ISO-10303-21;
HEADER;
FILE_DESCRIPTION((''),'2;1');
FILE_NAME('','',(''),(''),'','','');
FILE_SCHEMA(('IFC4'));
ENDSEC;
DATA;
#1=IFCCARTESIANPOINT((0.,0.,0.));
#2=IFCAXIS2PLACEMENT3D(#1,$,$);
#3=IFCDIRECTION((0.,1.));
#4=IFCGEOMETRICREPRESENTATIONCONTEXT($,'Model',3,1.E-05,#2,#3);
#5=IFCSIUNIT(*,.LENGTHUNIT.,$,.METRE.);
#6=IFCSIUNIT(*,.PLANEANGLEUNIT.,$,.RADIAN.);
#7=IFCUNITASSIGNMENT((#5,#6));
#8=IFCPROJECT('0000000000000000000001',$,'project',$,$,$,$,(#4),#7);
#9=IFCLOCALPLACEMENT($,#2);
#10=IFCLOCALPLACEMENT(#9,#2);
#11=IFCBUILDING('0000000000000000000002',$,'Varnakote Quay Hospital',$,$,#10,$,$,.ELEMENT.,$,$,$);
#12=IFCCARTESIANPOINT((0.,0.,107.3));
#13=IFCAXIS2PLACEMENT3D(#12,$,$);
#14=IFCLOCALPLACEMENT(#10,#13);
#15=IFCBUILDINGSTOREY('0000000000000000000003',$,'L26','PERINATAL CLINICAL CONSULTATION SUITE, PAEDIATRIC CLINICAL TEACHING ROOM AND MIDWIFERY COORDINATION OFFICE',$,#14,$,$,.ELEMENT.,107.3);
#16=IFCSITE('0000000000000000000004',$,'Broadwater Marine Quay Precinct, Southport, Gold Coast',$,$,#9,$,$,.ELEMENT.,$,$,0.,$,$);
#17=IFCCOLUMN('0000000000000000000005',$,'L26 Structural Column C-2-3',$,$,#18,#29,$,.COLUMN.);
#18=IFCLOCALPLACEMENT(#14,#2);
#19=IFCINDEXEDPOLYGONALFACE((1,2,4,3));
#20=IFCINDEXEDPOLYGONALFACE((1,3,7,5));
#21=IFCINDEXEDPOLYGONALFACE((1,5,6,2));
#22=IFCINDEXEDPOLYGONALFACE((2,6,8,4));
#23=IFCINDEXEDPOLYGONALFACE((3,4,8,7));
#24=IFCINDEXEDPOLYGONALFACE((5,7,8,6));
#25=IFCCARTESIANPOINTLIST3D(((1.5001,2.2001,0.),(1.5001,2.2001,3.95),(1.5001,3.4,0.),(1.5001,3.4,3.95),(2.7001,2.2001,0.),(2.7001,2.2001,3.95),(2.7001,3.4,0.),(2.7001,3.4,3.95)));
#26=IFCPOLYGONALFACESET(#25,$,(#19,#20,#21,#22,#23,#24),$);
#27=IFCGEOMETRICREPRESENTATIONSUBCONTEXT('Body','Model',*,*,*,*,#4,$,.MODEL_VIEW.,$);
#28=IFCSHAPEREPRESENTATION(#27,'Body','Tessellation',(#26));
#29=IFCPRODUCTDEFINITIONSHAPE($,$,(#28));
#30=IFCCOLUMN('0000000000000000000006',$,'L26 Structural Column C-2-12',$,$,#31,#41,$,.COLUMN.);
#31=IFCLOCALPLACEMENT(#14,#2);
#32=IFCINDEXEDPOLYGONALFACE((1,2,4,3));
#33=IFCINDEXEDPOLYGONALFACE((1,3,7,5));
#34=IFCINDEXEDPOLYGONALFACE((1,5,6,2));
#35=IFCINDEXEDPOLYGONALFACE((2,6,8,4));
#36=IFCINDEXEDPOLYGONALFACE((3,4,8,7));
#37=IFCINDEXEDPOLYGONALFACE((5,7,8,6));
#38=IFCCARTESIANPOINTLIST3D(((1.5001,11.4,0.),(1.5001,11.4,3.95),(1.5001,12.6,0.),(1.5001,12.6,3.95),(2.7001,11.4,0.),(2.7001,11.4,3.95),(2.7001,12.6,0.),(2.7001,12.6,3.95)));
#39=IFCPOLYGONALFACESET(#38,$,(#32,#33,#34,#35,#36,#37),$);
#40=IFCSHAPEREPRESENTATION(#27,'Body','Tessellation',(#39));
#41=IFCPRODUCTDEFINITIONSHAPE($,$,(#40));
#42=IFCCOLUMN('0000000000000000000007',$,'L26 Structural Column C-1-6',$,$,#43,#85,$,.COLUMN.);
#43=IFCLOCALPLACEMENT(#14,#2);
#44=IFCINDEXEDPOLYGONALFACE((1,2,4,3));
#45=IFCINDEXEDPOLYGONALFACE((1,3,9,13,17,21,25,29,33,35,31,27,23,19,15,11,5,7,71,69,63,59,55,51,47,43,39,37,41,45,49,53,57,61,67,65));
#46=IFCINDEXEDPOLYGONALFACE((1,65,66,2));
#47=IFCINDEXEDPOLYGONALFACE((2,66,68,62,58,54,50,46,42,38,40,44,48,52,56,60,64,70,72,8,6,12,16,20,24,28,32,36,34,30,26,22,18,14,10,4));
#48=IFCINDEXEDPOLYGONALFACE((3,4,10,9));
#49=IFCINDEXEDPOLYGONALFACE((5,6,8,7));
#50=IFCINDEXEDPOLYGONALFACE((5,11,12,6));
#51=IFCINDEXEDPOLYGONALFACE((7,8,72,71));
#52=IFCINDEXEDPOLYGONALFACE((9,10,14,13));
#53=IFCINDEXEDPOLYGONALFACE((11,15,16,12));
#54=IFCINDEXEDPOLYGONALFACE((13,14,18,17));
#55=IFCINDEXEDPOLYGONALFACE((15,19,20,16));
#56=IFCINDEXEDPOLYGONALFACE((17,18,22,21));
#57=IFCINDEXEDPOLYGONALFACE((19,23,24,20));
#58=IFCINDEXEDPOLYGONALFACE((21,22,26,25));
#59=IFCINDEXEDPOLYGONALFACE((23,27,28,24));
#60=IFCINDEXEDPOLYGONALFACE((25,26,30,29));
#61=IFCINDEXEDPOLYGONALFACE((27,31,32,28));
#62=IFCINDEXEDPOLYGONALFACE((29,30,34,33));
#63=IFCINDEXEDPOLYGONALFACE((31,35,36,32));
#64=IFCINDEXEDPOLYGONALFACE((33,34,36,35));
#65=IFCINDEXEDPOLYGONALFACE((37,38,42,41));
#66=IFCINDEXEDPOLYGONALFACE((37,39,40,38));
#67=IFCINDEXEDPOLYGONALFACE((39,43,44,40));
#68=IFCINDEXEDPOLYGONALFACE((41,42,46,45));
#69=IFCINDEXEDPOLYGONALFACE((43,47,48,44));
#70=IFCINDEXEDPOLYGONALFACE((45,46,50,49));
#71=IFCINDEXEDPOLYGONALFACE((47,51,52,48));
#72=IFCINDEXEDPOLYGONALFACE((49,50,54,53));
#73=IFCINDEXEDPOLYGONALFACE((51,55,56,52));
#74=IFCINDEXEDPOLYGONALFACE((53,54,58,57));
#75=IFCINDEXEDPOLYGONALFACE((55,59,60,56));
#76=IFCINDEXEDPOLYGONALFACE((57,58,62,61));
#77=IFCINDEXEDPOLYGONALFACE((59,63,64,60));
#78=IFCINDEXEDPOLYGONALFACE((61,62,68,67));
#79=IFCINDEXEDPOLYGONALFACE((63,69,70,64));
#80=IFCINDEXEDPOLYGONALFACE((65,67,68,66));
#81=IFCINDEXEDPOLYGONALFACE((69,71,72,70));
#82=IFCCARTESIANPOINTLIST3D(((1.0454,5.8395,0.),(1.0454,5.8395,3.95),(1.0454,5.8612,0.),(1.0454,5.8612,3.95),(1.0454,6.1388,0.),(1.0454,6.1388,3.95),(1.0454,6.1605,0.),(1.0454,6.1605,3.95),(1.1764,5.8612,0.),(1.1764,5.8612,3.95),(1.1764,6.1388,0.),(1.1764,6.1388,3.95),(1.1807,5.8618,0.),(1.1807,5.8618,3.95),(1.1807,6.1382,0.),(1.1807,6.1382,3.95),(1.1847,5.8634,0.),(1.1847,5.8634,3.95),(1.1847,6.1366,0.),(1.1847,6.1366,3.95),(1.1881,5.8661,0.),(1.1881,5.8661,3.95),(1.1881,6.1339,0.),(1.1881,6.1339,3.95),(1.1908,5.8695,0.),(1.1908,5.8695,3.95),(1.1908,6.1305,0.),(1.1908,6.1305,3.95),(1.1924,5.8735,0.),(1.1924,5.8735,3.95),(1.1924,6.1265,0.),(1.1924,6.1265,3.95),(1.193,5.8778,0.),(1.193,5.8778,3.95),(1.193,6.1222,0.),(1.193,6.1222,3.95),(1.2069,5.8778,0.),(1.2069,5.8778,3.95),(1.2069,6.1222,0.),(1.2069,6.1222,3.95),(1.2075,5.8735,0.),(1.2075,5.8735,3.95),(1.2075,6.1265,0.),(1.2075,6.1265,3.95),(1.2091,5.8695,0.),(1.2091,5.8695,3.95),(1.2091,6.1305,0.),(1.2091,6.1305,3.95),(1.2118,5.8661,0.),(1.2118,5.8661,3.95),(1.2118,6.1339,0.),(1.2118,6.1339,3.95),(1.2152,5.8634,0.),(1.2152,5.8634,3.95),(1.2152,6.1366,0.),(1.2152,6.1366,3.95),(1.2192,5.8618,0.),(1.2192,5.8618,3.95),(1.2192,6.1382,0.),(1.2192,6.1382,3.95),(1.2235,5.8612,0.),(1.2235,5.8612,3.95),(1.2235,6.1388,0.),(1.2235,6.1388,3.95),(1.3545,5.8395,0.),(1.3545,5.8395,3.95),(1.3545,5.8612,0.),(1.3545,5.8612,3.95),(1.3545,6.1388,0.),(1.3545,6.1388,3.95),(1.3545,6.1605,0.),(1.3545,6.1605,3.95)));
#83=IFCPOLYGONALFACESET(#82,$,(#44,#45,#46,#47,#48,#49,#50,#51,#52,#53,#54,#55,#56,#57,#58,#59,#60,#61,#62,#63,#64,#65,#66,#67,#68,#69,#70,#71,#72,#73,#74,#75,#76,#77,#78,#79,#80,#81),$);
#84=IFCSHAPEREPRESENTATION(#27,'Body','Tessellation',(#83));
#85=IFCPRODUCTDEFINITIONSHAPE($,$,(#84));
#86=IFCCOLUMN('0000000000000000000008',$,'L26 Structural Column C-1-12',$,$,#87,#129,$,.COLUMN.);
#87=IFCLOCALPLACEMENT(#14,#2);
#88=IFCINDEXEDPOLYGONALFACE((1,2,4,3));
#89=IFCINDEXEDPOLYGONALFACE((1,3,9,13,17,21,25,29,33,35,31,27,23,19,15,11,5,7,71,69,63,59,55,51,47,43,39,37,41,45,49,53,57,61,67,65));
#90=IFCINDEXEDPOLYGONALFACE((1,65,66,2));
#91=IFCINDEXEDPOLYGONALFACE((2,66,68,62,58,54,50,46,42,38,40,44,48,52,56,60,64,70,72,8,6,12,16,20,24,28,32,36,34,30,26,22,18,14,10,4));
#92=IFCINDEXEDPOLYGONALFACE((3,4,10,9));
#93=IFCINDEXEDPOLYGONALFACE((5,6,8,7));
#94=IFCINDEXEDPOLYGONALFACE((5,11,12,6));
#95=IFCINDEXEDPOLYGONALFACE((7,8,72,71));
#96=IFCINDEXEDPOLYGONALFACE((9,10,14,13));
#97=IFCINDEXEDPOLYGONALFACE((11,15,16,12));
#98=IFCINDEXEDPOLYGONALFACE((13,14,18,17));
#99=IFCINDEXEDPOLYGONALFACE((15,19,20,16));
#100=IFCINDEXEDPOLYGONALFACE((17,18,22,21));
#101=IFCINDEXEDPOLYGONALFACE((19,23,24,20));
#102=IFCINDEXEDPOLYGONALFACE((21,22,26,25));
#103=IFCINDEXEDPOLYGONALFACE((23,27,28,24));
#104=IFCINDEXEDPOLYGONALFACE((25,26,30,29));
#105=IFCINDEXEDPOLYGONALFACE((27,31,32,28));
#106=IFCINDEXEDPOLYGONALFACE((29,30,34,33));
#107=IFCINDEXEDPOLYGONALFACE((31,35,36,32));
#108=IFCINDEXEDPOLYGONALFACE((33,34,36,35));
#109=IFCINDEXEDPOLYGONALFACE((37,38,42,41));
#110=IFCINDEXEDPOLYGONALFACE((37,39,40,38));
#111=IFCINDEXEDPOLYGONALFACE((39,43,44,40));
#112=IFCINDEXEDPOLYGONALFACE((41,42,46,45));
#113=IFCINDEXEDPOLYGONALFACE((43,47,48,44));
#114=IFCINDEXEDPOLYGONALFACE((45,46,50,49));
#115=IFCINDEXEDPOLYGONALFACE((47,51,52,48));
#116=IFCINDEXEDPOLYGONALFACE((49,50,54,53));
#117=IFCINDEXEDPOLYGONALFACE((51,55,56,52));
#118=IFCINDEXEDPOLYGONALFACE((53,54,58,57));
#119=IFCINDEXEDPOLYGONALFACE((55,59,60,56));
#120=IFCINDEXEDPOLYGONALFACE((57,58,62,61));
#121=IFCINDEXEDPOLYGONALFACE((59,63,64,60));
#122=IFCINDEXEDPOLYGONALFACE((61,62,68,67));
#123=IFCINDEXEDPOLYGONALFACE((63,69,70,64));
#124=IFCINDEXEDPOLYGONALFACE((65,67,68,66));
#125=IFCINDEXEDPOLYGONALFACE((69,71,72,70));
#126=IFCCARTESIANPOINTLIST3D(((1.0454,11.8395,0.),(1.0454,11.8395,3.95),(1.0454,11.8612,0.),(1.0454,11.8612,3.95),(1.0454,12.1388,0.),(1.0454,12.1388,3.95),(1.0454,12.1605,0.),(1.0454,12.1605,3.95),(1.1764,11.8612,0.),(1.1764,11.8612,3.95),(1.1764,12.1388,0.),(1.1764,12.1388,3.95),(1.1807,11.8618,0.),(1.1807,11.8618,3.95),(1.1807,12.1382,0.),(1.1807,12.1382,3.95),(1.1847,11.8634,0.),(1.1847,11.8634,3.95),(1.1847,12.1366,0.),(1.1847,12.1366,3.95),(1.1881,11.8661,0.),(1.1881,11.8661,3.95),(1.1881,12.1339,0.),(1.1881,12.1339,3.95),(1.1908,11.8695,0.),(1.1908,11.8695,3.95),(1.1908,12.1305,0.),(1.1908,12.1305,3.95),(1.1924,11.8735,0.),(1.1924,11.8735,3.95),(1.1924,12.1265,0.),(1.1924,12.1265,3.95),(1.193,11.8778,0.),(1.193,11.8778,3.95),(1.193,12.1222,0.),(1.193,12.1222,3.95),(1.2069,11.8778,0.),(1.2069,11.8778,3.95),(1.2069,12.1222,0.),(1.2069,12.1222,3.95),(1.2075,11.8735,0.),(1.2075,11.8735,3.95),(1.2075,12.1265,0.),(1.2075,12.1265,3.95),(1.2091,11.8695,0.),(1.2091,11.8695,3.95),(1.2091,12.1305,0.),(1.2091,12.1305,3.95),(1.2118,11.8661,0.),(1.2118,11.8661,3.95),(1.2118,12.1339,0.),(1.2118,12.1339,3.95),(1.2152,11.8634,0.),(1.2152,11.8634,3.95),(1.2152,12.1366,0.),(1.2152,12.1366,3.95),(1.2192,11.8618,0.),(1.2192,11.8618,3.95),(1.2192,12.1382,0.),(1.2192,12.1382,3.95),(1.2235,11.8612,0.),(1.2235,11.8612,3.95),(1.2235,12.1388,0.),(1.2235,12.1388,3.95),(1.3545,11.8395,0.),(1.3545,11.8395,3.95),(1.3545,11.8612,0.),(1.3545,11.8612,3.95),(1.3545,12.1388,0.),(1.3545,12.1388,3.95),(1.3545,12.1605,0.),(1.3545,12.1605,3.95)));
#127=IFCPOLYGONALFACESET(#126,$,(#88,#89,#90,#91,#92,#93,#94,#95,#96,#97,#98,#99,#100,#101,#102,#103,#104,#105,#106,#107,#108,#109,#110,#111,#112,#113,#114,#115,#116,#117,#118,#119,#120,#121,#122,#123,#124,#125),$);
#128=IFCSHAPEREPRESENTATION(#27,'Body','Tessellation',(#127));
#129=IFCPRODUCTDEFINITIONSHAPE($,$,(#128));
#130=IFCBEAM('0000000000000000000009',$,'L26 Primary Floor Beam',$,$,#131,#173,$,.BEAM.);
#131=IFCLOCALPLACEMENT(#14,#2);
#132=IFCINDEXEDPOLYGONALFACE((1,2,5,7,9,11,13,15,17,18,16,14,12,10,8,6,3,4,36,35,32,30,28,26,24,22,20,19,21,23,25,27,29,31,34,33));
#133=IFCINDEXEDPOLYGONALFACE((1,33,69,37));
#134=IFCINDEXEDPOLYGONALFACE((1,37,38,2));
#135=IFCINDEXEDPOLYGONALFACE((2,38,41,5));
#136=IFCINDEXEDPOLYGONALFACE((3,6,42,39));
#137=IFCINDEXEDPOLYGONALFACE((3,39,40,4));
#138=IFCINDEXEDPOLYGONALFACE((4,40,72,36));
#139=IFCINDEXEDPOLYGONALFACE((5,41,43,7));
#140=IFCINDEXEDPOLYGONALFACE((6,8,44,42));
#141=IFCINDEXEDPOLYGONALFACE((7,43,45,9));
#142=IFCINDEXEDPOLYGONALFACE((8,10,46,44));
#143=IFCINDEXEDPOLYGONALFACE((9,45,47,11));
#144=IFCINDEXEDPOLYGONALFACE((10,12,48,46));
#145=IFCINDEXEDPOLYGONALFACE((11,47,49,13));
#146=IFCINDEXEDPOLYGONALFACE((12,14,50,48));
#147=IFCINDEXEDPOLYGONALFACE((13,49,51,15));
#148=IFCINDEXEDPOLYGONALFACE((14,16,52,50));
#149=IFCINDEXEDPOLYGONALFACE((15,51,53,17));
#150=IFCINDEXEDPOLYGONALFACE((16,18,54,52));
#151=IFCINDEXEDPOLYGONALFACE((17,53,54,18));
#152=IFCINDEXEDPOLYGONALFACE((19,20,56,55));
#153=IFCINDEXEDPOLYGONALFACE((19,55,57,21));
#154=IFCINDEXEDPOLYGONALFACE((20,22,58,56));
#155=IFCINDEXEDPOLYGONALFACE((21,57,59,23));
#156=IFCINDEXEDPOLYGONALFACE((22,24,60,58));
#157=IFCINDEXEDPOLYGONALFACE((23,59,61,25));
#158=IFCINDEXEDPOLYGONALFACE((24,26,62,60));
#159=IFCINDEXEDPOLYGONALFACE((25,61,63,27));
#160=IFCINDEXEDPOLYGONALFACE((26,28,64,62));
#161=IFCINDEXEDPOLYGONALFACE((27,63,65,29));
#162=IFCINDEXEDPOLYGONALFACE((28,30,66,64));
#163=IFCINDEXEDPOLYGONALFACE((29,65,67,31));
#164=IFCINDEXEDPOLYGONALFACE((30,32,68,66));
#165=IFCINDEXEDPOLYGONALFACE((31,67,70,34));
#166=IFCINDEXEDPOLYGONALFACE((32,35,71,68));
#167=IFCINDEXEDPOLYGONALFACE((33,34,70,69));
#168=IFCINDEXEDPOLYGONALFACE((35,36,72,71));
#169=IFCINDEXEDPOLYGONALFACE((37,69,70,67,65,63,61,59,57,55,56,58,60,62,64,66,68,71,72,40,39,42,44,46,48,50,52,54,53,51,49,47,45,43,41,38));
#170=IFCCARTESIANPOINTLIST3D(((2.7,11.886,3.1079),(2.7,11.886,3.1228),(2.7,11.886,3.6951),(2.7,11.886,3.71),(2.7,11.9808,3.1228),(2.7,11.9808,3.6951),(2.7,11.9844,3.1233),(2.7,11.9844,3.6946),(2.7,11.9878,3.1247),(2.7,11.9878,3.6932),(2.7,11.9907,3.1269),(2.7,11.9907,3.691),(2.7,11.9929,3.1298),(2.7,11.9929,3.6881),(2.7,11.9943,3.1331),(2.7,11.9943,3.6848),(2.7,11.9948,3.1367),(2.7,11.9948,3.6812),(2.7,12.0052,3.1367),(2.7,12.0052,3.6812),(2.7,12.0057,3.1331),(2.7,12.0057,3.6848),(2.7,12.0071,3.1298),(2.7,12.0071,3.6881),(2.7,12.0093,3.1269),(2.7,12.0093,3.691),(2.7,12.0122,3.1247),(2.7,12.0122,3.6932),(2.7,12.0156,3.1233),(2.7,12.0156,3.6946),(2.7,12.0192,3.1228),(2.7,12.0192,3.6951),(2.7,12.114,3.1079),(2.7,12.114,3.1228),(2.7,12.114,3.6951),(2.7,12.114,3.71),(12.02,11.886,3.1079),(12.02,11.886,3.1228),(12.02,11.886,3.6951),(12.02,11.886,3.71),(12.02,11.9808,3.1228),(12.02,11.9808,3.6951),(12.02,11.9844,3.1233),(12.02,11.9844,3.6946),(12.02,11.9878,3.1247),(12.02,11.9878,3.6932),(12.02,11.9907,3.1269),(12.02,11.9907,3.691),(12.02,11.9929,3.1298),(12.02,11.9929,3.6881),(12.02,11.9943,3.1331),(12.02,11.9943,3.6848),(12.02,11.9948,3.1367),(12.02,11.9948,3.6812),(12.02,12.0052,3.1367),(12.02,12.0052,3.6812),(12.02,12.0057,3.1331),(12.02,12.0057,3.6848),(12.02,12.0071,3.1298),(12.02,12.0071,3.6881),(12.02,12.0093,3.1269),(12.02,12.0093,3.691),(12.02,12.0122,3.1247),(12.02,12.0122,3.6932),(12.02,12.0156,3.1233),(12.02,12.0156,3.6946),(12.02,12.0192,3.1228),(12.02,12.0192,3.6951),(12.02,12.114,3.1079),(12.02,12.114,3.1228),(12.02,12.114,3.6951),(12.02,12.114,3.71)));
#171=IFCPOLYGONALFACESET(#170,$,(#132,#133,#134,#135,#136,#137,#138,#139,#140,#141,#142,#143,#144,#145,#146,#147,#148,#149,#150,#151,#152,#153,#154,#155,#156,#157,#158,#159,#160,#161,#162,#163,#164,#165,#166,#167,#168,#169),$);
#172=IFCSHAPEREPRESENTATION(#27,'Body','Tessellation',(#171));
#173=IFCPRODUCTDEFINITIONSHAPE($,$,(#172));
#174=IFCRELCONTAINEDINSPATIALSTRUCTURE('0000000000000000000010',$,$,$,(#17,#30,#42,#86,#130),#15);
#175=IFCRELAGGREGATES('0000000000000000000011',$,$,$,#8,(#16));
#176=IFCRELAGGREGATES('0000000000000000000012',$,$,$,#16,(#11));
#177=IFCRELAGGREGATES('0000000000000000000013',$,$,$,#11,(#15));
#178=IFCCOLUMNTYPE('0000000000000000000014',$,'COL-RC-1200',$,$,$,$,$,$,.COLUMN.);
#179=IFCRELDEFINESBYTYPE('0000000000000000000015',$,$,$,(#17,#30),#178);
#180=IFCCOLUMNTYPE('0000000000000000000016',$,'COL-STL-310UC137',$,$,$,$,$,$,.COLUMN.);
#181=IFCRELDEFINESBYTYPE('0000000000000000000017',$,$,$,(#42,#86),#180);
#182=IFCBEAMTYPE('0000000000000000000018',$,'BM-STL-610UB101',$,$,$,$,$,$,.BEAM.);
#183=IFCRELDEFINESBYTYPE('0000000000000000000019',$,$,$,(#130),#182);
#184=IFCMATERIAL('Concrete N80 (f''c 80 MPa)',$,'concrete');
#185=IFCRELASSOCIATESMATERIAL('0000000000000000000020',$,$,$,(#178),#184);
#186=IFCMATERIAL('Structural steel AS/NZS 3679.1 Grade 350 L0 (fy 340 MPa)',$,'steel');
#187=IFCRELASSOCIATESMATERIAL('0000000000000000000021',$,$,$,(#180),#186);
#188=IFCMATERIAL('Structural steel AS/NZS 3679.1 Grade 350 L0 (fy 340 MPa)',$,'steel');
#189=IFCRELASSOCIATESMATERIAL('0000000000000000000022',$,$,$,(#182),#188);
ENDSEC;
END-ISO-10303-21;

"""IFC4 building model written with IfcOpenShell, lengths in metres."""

from ifc_helpers import new_model, si_unit, direction, frame, origin, origin_2d, place, context, subcontext, project, spatial, rectangle, i_section, extrude, material, material_profile, profile_set, type_object, element, save


model = new_model("IFC4")

# Units and contexts
model_context = context("Model", 3, precision=1e-05, world=origin(), true_north=direction((0.0, 1.0)))
body_context = subcontext(model_context, "Body", "Model", "MODEL_VIEW")
ifc_project = project(units=[si_unit("LENGTHUNIT", "METRE"), si_unit("PLANEANGLEUNIT", "RADIAN")], contexts=[model_context])

# Site, building, storey
site_placement = place(None, origin())
site = spatial("IfcSite", under=ifc_project, at=site_placement, Name="Broadwater Marine Quay Precinct, Southport, Gold Coast", CompositionType="ELEMENT", RefElevation=0.0)
building_placement = place(site_placement, origin())
building = spatial("IfcBuilding", under=site, at=building_placement, Name="Varnakote Quay Hospital", CompositionType="ELEMENT")
storey_placement = place(building_placement, frame((0.0, 0.0, 107.3)))
storey = spatial("IfcBuildingStorey", under=building, at=storey_placement, Name="L26", Description="PERINATAL CLINICAL CONSULTATION SUITE, PAEDIATRIC CLINICAL TEACHING ROOM AND MIDWIFERY COORDINATION OFFICE", CompositionType="ELEMENT", Elevation=107.3)

# Columns
ifc_material_1 = material(Name="Concrete N80 (f'c 80 MPa)", Category="concrete")
ifc_material_profile_1 = material_profile(ifc_material_1, rectangle(XDim=1.2, YDim=1.2, at=origin_2d()), Name="RC-COL-1200x1200")
ifc_profile_set_1 = profile_set([ifc_material_profile_1], Name="Concrete N80 (f'c 80 MPa)")
column_type_1 = type_object("IfcColumnType", Name="COL-RC-1200", PredefinedType="COLUMN", material=ifc_profile_set_1)
for number, where, z_axis, x_axis, name in (
    (1, (2.1001, 2.8, 0.0), (0.0, 0.0, 1.0), (1.0, 0.0, 0.0), "L26 Structural Column C-2-3"),
    (2, (2.1001, 12.0, 0.0), (0.0, 0.0, 1.0), (1.0, 0.0, 0.0), "L26 Structural Column C-2-12"),
):
    element("IfcColumn", number, at=place(storey_placement, frame(where, z_axis=z_axis, x_axis=x_axis)), inside=storey, type_object=column_type_1, Name=name, PredefinedType="COLUMN", context=body_context, shape_type="SweptSolid", body=[
        extrude(rectangle(XDim=1.2, YDim=1.2, at=origin_2d()), origin(), (0.0, 0.0, 1.0), 3.95),
    ])
ifc_material_2 = material(Name="Structural steel AS/NZS 3679.1 Grade 350 L0 (fy 340 MPa)", Category="steel")
ifc_material_profile_2 = material_profile(ifc_material_2, i_section(OverallWidth=0.3091, OverallDepth=0.321, WebThickness=0.0139, FlangeThickness=0.0217, FilletRadius=0.0166, at=origin_2d()), Name="310UC137")
ifc_profile_set_2 = profile_set([ifc_material_profile_2], Name="Structural steel AS/NZS 3679.1 Grade 350 L0 (fy 340 MPa)")
column_type_2 = type_object("IfcColumnType", Name="COL-STL-310UC137", PredefinedType="COLUMN", material=ifc_profile_set_2)
for number, where, z_axis, x_axis, name in (
    (3, (1.2, 6.0, 0.0), (0.0, 0.0, 1.0), (1.0, 0.0, 0.0), "L26 Structural Column C-1-6"),
    (4, (1.2, 12.0, 0.0), (0.0, 0.0, 1.0), (1.0, 0.0, 0.0), "L26 Structural Column C-1-12"),
):
    element("IfcColumn", number, at=place(storey_placement, frame(where, z_axis=z_axis, x_axis=x_axis)), inside=storey, type_object=column_type_2, Name=name, PredefinedType="COLUMN", context=body_context, shape_type="SweptSolid", body=[
        extrude(i_section(OverallWidth=0.3091, OverallDepth=0.321, WebThickness=0.0139, FlangeThickness=0.0217, FilletRadius=0.0166, at=origin_2d()), origin(), (0.0, 0.0, 1.0), 3.95),
    ])

# Beam
ifc_material_3 = material(Name="Structural steel AS/NZS 3679.1 Grade 350 L0 (fy 340 MPa)", Category="steel")
ifc_material_profile_3 = material_profile(ifc_material_3, i_section(OverallWidth=0.228, OverallDepth=0.6021, WebThickness=0.0105, FlangeThickness=0.0149, FilletRadius=0.0139, at=origin_2d()), Name="610UB101")
ifc_profile_set_3 = profile_set([ifc_material_profile_3], Name="Structural steel AS/NZS 3679.1 Grade 350 L0 (fy 340 MPa)")
beam_type_1 = type_object("IfcBeamType", Name="BM-STL-610UB101", PredefinedType="BEAM", material=ifc_profile_set_3)
beam_1_placement = place(storey_placement, frame((2.7, 12.0, 3.4089), z_axis=(1.0, 0.0, 0.0), x_axis=(0.0, 1.0, 0.0)))
element("IfcBeam", 5, at=beam_1_placement, inside=storey, type_object=beam_type_1, Name="L26 Primary Floor Beam", PredefinedType="BEAM", context=body_context, shape_type="SweptSolid", body=[
    extrude(i_section(OverallWidth=0.228, OverallDepth=0.6021, WebThickness=0.0105, FlangeThickness=0.0149, FilletRadius=0.0139, at=origin_2d()), origin(), (0.0, 0.0, 1.0), 9.3201),
])

save(model, "model.ifc")
